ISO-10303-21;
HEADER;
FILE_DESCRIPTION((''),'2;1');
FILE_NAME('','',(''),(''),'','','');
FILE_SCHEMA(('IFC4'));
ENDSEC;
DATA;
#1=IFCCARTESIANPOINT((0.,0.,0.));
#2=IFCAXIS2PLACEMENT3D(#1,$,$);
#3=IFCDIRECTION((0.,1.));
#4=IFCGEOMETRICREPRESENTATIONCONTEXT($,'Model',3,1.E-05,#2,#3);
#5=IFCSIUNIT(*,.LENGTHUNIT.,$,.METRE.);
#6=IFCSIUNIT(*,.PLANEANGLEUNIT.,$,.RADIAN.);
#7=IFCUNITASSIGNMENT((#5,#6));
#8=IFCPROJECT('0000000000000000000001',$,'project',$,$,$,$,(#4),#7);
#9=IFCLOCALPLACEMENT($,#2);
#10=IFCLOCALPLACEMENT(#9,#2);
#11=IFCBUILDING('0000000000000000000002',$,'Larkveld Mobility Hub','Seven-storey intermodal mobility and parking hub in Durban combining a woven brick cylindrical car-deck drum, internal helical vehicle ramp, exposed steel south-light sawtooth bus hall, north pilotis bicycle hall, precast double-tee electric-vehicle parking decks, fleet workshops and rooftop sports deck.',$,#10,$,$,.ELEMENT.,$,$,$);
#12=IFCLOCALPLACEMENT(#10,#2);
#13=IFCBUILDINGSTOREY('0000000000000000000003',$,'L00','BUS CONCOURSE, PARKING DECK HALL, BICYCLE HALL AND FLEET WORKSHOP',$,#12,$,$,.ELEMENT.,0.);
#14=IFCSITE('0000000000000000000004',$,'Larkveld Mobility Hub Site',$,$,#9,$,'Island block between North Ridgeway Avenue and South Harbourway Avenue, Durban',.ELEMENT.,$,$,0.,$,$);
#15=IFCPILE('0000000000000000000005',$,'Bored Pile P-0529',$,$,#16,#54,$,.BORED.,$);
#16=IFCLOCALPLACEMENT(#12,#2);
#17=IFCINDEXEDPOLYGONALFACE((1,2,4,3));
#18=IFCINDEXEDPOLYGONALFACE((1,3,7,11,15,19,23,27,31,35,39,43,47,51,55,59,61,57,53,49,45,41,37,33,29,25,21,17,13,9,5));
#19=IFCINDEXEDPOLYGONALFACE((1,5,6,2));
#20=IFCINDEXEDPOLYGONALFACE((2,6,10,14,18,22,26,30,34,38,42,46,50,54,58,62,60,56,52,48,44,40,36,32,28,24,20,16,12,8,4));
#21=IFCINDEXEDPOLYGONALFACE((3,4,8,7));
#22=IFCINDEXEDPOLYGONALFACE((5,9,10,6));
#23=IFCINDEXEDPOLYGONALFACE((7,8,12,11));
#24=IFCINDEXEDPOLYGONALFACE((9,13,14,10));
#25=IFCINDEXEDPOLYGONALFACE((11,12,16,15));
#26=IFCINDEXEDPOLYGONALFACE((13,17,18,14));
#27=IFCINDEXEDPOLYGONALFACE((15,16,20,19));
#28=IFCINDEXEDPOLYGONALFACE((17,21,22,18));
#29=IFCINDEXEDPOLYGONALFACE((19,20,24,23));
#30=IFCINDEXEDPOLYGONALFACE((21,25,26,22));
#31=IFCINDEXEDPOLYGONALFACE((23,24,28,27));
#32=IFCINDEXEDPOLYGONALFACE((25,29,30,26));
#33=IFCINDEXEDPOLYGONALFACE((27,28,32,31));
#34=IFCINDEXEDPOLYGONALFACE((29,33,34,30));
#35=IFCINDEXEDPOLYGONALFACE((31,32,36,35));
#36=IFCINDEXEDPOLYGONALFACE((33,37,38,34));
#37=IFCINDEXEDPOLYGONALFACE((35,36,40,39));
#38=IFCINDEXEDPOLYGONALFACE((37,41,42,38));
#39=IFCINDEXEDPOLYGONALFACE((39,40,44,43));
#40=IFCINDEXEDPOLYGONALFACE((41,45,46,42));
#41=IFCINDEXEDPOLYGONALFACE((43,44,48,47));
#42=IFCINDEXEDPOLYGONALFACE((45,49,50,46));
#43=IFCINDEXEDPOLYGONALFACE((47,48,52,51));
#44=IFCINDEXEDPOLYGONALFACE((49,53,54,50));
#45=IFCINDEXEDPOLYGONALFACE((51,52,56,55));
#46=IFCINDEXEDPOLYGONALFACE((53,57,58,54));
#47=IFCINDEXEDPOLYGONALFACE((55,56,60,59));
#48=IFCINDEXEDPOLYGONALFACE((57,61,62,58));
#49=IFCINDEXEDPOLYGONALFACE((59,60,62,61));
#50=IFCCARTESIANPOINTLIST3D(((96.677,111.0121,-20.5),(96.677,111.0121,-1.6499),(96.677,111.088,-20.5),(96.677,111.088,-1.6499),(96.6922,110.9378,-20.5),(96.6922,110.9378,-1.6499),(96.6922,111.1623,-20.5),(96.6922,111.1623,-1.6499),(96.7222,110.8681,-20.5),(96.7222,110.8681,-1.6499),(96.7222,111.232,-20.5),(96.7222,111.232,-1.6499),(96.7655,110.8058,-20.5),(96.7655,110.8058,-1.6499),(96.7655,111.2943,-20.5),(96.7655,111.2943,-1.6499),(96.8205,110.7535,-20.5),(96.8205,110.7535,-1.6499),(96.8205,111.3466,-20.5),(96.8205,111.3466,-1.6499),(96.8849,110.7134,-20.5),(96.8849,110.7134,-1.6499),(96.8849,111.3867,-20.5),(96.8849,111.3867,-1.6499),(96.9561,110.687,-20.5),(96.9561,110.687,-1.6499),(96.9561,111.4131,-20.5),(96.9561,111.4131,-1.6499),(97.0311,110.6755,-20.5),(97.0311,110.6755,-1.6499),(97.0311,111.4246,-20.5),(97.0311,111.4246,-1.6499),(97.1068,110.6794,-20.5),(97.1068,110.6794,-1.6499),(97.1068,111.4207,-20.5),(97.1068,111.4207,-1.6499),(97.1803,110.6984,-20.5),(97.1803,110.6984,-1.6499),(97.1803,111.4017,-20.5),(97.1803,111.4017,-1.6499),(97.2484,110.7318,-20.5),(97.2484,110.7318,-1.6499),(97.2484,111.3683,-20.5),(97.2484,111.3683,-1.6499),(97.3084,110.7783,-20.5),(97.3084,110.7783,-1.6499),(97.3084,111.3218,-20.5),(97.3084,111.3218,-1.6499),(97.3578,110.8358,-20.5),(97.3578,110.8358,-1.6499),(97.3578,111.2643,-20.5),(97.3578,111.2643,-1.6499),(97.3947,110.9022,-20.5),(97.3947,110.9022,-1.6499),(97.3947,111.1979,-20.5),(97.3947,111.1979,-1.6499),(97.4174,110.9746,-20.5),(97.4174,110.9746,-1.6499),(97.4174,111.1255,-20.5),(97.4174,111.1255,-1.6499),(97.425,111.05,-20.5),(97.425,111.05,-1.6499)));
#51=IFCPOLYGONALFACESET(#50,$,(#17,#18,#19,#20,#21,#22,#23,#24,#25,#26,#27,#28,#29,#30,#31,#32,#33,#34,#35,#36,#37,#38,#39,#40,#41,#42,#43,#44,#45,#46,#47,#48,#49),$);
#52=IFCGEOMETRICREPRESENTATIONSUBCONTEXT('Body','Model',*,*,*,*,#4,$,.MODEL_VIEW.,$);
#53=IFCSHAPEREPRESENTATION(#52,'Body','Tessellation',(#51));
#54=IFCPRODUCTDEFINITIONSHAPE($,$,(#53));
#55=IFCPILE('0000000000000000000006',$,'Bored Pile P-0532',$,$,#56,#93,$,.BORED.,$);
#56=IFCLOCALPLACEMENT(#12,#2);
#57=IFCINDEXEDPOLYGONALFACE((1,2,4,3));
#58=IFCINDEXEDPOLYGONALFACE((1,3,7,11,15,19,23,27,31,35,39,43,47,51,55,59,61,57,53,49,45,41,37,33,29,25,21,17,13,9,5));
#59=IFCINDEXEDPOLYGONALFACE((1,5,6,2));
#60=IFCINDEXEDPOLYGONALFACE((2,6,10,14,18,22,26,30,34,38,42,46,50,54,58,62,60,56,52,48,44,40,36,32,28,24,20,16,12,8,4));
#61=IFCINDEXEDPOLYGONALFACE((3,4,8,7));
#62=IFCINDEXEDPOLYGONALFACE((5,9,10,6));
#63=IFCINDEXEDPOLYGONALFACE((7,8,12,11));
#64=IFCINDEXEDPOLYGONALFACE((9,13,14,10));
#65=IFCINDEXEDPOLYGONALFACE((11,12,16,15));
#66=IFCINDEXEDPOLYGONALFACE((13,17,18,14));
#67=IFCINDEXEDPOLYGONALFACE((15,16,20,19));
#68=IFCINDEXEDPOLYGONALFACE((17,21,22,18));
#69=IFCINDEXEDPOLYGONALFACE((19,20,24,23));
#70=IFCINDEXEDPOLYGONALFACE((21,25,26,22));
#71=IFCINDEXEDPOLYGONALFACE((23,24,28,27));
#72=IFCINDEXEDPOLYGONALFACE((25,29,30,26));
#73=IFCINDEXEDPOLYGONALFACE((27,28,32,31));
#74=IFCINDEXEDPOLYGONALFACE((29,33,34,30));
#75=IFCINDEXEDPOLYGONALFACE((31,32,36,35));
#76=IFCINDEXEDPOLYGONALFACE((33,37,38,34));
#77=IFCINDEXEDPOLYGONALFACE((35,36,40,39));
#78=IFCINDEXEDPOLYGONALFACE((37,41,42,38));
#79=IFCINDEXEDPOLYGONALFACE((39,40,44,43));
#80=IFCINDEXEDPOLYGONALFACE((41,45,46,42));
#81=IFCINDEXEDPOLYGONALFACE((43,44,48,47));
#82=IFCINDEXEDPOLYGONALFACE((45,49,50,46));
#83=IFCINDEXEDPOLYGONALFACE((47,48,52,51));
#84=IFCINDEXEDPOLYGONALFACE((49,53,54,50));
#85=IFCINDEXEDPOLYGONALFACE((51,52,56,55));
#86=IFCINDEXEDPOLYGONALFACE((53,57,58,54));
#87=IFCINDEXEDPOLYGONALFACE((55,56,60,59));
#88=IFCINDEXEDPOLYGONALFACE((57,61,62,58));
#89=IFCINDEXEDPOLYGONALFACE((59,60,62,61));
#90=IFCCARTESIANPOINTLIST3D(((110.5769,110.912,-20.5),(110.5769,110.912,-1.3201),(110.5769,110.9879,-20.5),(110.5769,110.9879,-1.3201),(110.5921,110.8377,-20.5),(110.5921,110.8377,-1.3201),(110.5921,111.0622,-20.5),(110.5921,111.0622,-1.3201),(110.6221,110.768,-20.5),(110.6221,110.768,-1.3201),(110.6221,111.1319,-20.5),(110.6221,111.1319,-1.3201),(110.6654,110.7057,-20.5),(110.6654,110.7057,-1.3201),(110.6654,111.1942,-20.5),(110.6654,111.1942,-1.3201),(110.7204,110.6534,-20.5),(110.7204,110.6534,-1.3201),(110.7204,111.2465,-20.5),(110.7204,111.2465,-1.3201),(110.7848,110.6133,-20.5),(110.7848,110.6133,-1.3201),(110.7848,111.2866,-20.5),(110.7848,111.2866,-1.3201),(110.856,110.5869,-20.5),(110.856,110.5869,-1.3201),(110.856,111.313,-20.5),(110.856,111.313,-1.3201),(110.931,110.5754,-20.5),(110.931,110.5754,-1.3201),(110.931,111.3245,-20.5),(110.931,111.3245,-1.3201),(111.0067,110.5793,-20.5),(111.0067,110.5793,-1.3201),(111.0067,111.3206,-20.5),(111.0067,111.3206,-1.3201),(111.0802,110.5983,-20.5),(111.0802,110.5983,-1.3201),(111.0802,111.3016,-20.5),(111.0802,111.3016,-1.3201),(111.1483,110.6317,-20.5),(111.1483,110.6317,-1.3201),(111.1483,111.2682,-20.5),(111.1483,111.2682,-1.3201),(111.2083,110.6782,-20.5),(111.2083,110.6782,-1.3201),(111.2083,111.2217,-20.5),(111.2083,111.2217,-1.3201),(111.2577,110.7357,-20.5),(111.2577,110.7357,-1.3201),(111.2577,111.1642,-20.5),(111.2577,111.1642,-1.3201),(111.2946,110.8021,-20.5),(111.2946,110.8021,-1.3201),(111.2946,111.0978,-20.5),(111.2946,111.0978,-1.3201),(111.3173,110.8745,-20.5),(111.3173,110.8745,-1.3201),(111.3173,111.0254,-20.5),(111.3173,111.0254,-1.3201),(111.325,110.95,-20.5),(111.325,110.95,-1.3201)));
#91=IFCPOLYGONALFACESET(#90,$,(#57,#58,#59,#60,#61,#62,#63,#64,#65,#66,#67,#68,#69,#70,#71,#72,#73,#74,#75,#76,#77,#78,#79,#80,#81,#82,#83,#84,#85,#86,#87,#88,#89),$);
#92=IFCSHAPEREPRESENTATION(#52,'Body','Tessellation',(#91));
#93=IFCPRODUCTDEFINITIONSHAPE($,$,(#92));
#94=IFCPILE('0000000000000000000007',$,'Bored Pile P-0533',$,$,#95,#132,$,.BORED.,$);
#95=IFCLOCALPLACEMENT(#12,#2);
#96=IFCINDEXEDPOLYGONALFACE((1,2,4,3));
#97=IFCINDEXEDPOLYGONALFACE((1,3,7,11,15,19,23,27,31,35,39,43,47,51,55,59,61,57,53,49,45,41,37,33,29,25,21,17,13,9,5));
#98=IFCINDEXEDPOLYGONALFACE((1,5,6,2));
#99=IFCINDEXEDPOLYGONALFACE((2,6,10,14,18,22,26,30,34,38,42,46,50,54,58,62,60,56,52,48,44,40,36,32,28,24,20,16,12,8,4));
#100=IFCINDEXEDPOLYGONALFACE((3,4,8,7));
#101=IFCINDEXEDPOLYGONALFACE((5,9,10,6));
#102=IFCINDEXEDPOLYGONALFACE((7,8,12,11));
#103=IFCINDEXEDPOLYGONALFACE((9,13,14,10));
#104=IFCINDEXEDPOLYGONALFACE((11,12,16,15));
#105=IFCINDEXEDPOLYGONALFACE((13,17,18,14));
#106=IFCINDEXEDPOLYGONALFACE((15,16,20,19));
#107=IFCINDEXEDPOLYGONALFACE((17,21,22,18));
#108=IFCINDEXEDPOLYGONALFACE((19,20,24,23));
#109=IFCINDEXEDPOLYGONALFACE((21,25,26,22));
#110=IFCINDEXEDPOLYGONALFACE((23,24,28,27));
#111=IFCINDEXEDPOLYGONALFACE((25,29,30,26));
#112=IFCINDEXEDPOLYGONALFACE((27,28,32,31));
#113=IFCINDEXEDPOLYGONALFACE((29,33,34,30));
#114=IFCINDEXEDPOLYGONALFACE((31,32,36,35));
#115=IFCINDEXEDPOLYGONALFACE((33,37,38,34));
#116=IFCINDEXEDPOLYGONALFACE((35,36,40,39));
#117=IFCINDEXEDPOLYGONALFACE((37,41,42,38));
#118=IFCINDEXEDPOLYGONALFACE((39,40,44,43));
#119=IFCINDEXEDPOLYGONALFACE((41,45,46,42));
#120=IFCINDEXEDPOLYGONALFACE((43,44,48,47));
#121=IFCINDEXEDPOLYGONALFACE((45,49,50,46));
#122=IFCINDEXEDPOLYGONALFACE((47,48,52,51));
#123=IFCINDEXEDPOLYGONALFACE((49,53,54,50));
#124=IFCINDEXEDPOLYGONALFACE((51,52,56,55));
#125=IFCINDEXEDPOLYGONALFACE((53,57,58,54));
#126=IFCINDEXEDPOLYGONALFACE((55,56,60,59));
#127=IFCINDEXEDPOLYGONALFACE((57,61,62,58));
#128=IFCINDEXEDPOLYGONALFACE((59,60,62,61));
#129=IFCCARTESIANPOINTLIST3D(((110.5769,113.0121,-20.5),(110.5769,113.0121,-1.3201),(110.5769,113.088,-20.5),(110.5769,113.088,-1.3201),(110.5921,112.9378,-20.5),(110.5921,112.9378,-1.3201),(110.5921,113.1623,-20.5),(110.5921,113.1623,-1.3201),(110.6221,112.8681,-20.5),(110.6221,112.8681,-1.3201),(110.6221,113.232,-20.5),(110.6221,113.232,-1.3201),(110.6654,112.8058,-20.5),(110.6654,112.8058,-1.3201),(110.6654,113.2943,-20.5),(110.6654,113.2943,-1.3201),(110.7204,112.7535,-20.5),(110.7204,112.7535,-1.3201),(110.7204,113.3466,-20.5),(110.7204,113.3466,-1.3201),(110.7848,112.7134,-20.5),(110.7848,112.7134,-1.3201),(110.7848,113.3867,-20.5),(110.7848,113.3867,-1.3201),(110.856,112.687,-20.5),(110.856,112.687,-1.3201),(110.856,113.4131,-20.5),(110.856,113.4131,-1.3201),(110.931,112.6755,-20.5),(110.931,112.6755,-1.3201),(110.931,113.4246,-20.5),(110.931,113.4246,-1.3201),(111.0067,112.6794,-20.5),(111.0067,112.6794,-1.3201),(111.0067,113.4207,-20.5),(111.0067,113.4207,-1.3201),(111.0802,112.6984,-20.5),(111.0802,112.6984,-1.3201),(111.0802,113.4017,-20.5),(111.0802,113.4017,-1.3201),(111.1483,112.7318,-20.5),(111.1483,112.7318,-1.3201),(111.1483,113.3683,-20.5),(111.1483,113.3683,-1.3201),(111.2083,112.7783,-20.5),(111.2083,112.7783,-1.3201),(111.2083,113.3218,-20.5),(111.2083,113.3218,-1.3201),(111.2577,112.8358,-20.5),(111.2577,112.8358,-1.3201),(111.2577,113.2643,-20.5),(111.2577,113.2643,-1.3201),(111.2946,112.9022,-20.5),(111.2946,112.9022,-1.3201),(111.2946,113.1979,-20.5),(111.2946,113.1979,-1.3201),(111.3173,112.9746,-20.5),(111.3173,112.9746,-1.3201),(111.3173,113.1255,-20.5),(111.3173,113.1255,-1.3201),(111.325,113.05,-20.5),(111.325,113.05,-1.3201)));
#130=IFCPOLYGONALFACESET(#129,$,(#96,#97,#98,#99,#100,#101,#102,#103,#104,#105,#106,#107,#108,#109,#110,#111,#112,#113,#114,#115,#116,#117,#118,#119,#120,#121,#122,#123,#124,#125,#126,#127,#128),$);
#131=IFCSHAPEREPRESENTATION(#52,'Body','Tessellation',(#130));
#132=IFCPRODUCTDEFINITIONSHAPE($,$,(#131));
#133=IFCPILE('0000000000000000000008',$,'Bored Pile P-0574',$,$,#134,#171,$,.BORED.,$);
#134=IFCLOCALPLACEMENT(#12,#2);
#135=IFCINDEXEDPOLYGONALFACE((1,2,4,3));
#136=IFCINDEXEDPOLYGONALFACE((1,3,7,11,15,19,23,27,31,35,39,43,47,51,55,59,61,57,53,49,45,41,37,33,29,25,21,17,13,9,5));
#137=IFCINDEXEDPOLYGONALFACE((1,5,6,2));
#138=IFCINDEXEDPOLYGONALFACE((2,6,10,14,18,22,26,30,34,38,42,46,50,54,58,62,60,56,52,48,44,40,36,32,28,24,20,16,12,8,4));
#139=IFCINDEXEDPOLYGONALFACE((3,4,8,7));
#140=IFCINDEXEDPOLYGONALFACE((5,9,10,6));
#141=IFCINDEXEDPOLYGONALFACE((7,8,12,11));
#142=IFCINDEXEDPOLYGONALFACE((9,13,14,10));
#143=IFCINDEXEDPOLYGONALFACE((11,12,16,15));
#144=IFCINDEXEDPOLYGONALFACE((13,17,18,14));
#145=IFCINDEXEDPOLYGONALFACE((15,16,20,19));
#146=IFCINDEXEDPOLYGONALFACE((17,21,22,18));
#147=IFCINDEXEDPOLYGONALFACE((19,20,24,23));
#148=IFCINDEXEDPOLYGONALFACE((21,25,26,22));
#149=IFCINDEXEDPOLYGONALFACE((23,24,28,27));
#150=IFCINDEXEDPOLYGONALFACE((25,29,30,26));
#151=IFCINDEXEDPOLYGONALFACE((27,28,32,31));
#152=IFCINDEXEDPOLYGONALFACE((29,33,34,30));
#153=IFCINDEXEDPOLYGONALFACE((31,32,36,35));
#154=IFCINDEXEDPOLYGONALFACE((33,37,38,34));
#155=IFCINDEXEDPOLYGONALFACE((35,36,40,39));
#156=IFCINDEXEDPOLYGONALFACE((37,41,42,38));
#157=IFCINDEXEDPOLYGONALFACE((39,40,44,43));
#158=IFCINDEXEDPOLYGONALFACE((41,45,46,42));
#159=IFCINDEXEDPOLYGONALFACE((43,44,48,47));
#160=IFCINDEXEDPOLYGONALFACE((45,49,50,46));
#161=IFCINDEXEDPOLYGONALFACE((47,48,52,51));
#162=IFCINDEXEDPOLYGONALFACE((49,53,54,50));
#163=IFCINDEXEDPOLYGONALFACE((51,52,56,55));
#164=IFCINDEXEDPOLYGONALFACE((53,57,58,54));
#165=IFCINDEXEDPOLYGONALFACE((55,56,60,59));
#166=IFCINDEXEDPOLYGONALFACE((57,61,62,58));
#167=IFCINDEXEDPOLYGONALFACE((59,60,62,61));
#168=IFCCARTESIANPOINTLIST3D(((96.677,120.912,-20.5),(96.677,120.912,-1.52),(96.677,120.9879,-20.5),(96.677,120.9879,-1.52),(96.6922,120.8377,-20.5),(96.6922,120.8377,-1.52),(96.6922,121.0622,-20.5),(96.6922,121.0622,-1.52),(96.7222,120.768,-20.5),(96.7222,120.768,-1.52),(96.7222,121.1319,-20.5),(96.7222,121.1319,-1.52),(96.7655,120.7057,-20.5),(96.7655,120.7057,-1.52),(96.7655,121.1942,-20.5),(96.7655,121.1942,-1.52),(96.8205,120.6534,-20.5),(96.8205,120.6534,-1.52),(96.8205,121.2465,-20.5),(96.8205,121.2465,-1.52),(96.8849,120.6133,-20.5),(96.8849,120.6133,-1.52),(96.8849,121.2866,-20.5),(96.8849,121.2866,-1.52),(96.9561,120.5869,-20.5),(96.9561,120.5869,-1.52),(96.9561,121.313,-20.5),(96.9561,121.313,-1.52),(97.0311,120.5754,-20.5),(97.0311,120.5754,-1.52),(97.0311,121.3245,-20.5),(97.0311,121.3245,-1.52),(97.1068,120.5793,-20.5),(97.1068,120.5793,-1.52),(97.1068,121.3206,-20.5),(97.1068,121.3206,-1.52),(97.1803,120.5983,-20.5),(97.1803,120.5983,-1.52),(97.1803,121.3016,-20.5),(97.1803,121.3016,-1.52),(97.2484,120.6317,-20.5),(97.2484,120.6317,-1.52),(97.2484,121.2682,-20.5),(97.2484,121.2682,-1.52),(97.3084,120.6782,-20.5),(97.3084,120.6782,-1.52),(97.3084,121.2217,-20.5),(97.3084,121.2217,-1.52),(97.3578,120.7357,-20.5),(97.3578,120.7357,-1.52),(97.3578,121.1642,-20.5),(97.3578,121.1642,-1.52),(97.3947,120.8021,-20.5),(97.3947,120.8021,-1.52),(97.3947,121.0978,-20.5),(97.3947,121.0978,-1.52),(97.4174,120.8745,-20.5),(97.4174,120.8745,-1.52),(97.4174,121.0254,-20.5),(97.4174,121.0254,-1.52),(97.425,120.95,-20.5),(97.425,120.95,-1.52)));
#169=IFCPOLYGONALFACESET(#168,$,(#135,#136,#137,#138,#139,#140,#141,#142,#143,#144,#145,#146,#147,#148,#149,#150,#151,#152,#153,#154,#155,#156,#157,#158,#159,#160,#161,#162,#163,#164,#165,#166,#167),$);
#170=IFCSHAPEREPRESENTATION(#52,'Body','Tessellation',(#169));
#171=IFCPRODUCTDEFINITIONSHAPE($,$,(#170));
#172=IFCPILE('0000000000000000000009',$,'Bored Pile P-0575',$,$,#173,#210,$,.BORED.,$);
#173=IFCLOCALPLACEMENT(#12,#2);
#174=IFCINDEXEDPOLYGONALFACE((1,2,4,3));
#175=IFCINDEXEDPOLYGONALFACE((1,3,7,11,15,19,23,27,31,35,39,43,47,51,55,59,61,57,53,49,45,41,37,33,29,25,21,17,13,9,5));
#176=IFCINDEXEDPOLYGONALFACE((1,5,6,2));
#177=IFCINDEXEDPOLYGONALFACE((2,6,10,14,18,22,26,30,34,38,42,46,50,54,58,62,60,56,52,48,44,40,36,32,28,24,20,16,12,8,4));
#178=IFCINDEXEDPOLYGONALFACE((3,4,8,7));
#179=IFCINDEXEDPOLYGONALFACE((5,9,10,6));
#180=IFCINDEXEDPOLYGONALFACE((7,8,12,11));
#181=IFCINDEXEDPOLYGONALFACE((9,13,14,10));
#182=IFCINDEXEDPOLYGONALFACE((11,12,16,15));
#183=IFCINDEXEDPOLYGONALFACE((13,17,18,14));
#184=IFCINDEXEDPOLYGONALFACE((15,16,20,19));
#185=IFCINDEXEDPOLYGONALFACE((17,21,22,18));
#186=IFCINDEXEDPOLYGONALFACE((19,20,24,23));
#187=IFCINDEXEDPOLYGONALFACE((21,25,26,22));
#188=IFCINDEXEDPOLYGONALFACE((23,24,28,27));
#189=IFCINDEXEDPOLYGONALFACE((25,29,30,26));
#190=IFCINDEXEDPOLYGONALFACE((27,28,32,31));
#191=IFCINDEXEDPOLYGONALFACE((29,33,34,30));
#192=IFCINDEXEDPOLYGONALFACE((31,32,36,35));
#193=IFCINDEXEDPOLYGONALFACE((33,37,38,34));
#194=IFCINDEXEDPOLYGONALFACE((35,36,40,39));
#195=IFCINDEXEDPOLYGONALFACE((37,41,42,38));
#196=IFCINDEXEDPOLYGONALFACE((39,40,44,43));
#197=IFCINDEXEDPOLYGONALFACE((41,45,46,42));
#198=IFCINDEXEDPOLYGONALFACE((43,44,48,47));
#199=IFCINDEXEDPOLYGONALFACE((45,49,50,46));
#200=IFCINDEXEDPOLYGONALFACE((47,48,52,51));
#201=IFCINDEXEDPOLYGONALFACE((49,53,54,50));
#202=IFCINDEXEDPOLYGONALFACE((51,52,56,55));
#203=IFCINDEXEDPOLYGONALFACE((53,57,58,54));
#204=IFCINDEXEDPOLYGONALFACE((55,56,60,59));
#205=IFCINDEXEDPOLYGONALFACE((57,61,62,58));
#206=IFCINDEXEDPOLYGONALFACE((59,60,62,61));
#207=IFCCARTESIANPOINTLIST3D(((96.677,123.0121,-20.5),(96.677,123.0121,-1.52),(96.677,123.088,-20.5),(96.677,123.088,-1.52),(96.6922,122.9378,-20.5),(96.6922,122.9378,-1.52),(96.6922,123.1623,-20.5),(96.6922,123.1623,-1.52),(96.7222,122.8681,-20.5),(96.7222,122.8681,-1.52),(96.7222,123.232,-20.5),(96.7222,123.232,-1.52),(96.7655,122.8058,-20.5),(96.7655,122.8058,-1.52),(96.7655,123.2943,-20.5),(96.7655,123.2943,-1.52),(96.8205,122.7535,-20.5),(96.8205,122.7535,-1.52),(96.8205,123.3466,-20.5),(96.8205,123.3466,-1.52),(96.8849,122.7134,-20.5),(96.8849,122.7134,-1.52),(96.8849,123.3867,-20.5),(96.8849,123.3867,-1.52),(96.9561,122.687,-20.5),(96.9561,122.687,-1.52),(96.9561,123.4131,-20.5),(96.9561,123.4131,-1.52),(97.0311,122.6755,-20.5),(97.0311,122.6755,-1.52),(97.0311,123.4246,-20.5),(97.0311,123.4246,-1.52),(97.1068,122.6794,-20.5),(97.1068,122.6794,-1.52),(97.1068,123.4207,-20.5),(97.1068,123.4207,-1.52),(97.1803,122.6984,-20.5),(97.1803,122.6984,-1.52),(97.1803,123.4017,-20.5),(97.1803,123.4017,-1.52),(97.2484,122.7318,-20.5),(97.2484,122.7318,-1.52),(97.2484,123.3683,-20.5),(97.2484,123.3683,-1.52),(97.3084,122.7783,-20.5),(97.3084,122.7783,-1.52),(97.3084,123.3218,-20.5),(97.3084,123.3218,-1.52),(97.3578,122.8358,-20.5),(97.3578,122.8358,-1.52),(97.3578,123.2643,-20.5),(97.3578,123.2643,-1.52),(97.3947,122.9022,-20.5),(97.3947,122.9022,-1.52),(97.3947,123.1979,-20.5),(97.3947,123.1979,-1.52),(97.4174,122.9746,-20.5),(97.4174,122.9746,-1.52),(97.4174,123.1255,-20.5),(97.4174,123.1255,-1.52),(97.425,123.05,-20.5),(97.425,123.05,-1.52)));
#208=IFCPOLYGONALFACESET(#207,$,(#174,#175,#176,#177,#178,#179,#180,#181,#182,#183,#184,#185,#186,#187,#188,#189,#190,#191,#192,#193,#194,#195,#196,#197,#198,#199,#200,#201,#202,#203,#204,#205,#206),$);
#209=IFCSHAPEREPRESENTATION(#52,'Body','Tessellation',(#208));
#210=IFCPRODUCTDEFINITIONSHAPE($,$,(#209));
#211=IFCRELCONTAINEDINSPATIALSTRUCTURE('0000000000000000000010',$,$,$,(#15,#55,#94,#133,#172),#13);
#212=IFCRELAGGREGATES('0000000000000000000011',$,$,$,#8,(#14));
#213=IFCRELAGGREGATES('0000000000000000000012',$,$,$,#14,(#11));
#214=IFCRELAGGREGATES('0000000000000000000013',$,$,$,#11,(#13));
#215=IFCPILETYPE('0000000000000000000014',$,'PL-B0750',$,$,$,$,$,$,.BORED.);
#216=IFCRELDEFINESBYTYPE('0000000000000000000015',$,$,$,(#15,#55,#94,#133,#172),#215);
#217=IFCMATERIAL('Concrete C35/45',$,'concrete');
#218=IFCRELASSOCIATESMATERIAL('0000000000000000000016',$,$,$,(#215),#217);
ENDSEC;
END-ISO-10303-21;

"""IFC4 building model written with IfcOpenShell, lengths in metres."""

from ifc_helpers import new_model, si_unit, direction, frame, origin, origin_2d, place, context, subcontext, project, spatial, circle, extrude, material, material_profile, profile_set, type_object, element, save


model = new_model("IFC4")

# Units and contexts
model_context = context("Model", 3, precision=1e-05, world=origin(), true_north=direction((0.0, 1.0)))
body_context = subcontext(model_context, "Body", "Model", "MODEL_VIEW")
ifc_project = project(units=[si_unit("LENGTHUNIT", "METRE"), si_unit("PLANEANGLEUNIT", "RADIAN")], contexts=[model_context])

# Site, building, storey
site_placement = place(None, origin())
site = spatial("IfcSite", under=ifc_project, at=site_placement, Name="Larkveld Mobility Hub Site", LongName="Island block between North Ridgeway Avenue and South Harbourway Avenue, Durban", CompositionType="ELEMENT", RefElevation=0.0)
building_placement = place(site_placement, origin())
building = spatial("IfcBuilding", under=site, at=building_placement, Name="Larkveld Mobility Hub", Description="Seven-storey intermodal mobility and parking hub in Durban combining a woven brick cylindrical car-deck drum, internal helical vehicle ramp, exposed steel south-light sawtooth bus hall, north pilotis bicycle hall, precast double-tee electric-vehicle parking decks, fleet workshops and rooftop sports deck.", CompositionType="ELEMENT")
storey_placement = place(building_placement, origin())
storey = spatial("IfcBuildingStorey", under=building, at=storey_placement, Name="L00", Description="BUS CONCOURSE, PARKING DECK HALL, BICYCLE HALL AND FLEET WORKSHOP", CompositionType="ELEMENT", Elevation=0.0)

# Shared definitions
ifc_material_1 = material(Name="Concrete C35/45", Category="concrete")

# Piles
ifc_material_profile_1 = material_profile(ifc_material_1, circle(Radius=0.375, at=origin_2d()), Name="PILE D750")
ifc_profile_set_1 = profile_set([ifc_material_profile_1], Name="Concrete C35/45")
pile_type_1 = type_object("IfcPileType", Name="PL-B0750", PredefinedType="BORED", material=ifc_profile_set_1)
for number, where, z_axis, x_axis, name in (
    (1, (97.05, 111.05, -1.6499), (0.0, 0.0, -1.0), (1.0, 0.0, 0.0), "Bored Pile P-0529"),
):
    element("IfcPile", number, at=place(storey_placement, frame(where, z_axis=z_axis, x_axis=x_axis)), inside=storey, type_object=pile_type_1, Name=name, PredefinedType="BORED", context=body_context, shape_type="SweptSolid", body=[
        extrude(circle(Radius=0.375, at=origin_2d()), origin(), (0.0, 0.0, 1.0), 18.8501),
    ])
for number, where, z_axis, x_axis, name in (
    (2, (110.95, 110.95, -1.3201), (0.0, 0.0, -1.0), (1.0, 0.0, 0.0), "Bored Pile P-0532"),
    (3, (110.95, 113.05, -1.3201), (0.0, 0.0, -1.0), (1.0, 0.0, 0.0), "Bored Pile P-0533"),
):
    element("IfcPile", number, at=place(storey_placement, frame(where, z_axis=z_axis, x_axis=x_axis)), inside=storey, type_object=pile_type_1, Name=name, PredefinedType="BORED", context=body_context, shape_type="SweptSolid", body=[
        extrude(circle(Radius=0.375, at=origin_2d()), origin(), (0.0, 0.0, 1.0), 19.1799),
    ])
for number, where, z_axis, x_axis, name in (
    (4, (97.05, 120.95, -1.52), (0.0, 0.0, -1.0), (1.0, 0.0, 0.0), "Bored Pile P-0574"),
    (5, (97.05, 123.05, -1.52), (0.0, 0.0, -1.0), (1.0, 0.0, 0.0), "Bored Pile P-0575"),
):
    element("IfcPile", number, at=place(storey_placement, frame(where, z_axis=z_axis, x_axis=x_axis)), inside=storey, type_object=pile_type_1, Name=name, PredefinedType="BORED", context=body_context, shape_type="SweptSolid", body=[
        extrude(circle(Radius=0.375, at=origin_2d()), origin(), (0.0, 0.0, 1.0), 18.98),
    ])

save(model, "model.ifc")
